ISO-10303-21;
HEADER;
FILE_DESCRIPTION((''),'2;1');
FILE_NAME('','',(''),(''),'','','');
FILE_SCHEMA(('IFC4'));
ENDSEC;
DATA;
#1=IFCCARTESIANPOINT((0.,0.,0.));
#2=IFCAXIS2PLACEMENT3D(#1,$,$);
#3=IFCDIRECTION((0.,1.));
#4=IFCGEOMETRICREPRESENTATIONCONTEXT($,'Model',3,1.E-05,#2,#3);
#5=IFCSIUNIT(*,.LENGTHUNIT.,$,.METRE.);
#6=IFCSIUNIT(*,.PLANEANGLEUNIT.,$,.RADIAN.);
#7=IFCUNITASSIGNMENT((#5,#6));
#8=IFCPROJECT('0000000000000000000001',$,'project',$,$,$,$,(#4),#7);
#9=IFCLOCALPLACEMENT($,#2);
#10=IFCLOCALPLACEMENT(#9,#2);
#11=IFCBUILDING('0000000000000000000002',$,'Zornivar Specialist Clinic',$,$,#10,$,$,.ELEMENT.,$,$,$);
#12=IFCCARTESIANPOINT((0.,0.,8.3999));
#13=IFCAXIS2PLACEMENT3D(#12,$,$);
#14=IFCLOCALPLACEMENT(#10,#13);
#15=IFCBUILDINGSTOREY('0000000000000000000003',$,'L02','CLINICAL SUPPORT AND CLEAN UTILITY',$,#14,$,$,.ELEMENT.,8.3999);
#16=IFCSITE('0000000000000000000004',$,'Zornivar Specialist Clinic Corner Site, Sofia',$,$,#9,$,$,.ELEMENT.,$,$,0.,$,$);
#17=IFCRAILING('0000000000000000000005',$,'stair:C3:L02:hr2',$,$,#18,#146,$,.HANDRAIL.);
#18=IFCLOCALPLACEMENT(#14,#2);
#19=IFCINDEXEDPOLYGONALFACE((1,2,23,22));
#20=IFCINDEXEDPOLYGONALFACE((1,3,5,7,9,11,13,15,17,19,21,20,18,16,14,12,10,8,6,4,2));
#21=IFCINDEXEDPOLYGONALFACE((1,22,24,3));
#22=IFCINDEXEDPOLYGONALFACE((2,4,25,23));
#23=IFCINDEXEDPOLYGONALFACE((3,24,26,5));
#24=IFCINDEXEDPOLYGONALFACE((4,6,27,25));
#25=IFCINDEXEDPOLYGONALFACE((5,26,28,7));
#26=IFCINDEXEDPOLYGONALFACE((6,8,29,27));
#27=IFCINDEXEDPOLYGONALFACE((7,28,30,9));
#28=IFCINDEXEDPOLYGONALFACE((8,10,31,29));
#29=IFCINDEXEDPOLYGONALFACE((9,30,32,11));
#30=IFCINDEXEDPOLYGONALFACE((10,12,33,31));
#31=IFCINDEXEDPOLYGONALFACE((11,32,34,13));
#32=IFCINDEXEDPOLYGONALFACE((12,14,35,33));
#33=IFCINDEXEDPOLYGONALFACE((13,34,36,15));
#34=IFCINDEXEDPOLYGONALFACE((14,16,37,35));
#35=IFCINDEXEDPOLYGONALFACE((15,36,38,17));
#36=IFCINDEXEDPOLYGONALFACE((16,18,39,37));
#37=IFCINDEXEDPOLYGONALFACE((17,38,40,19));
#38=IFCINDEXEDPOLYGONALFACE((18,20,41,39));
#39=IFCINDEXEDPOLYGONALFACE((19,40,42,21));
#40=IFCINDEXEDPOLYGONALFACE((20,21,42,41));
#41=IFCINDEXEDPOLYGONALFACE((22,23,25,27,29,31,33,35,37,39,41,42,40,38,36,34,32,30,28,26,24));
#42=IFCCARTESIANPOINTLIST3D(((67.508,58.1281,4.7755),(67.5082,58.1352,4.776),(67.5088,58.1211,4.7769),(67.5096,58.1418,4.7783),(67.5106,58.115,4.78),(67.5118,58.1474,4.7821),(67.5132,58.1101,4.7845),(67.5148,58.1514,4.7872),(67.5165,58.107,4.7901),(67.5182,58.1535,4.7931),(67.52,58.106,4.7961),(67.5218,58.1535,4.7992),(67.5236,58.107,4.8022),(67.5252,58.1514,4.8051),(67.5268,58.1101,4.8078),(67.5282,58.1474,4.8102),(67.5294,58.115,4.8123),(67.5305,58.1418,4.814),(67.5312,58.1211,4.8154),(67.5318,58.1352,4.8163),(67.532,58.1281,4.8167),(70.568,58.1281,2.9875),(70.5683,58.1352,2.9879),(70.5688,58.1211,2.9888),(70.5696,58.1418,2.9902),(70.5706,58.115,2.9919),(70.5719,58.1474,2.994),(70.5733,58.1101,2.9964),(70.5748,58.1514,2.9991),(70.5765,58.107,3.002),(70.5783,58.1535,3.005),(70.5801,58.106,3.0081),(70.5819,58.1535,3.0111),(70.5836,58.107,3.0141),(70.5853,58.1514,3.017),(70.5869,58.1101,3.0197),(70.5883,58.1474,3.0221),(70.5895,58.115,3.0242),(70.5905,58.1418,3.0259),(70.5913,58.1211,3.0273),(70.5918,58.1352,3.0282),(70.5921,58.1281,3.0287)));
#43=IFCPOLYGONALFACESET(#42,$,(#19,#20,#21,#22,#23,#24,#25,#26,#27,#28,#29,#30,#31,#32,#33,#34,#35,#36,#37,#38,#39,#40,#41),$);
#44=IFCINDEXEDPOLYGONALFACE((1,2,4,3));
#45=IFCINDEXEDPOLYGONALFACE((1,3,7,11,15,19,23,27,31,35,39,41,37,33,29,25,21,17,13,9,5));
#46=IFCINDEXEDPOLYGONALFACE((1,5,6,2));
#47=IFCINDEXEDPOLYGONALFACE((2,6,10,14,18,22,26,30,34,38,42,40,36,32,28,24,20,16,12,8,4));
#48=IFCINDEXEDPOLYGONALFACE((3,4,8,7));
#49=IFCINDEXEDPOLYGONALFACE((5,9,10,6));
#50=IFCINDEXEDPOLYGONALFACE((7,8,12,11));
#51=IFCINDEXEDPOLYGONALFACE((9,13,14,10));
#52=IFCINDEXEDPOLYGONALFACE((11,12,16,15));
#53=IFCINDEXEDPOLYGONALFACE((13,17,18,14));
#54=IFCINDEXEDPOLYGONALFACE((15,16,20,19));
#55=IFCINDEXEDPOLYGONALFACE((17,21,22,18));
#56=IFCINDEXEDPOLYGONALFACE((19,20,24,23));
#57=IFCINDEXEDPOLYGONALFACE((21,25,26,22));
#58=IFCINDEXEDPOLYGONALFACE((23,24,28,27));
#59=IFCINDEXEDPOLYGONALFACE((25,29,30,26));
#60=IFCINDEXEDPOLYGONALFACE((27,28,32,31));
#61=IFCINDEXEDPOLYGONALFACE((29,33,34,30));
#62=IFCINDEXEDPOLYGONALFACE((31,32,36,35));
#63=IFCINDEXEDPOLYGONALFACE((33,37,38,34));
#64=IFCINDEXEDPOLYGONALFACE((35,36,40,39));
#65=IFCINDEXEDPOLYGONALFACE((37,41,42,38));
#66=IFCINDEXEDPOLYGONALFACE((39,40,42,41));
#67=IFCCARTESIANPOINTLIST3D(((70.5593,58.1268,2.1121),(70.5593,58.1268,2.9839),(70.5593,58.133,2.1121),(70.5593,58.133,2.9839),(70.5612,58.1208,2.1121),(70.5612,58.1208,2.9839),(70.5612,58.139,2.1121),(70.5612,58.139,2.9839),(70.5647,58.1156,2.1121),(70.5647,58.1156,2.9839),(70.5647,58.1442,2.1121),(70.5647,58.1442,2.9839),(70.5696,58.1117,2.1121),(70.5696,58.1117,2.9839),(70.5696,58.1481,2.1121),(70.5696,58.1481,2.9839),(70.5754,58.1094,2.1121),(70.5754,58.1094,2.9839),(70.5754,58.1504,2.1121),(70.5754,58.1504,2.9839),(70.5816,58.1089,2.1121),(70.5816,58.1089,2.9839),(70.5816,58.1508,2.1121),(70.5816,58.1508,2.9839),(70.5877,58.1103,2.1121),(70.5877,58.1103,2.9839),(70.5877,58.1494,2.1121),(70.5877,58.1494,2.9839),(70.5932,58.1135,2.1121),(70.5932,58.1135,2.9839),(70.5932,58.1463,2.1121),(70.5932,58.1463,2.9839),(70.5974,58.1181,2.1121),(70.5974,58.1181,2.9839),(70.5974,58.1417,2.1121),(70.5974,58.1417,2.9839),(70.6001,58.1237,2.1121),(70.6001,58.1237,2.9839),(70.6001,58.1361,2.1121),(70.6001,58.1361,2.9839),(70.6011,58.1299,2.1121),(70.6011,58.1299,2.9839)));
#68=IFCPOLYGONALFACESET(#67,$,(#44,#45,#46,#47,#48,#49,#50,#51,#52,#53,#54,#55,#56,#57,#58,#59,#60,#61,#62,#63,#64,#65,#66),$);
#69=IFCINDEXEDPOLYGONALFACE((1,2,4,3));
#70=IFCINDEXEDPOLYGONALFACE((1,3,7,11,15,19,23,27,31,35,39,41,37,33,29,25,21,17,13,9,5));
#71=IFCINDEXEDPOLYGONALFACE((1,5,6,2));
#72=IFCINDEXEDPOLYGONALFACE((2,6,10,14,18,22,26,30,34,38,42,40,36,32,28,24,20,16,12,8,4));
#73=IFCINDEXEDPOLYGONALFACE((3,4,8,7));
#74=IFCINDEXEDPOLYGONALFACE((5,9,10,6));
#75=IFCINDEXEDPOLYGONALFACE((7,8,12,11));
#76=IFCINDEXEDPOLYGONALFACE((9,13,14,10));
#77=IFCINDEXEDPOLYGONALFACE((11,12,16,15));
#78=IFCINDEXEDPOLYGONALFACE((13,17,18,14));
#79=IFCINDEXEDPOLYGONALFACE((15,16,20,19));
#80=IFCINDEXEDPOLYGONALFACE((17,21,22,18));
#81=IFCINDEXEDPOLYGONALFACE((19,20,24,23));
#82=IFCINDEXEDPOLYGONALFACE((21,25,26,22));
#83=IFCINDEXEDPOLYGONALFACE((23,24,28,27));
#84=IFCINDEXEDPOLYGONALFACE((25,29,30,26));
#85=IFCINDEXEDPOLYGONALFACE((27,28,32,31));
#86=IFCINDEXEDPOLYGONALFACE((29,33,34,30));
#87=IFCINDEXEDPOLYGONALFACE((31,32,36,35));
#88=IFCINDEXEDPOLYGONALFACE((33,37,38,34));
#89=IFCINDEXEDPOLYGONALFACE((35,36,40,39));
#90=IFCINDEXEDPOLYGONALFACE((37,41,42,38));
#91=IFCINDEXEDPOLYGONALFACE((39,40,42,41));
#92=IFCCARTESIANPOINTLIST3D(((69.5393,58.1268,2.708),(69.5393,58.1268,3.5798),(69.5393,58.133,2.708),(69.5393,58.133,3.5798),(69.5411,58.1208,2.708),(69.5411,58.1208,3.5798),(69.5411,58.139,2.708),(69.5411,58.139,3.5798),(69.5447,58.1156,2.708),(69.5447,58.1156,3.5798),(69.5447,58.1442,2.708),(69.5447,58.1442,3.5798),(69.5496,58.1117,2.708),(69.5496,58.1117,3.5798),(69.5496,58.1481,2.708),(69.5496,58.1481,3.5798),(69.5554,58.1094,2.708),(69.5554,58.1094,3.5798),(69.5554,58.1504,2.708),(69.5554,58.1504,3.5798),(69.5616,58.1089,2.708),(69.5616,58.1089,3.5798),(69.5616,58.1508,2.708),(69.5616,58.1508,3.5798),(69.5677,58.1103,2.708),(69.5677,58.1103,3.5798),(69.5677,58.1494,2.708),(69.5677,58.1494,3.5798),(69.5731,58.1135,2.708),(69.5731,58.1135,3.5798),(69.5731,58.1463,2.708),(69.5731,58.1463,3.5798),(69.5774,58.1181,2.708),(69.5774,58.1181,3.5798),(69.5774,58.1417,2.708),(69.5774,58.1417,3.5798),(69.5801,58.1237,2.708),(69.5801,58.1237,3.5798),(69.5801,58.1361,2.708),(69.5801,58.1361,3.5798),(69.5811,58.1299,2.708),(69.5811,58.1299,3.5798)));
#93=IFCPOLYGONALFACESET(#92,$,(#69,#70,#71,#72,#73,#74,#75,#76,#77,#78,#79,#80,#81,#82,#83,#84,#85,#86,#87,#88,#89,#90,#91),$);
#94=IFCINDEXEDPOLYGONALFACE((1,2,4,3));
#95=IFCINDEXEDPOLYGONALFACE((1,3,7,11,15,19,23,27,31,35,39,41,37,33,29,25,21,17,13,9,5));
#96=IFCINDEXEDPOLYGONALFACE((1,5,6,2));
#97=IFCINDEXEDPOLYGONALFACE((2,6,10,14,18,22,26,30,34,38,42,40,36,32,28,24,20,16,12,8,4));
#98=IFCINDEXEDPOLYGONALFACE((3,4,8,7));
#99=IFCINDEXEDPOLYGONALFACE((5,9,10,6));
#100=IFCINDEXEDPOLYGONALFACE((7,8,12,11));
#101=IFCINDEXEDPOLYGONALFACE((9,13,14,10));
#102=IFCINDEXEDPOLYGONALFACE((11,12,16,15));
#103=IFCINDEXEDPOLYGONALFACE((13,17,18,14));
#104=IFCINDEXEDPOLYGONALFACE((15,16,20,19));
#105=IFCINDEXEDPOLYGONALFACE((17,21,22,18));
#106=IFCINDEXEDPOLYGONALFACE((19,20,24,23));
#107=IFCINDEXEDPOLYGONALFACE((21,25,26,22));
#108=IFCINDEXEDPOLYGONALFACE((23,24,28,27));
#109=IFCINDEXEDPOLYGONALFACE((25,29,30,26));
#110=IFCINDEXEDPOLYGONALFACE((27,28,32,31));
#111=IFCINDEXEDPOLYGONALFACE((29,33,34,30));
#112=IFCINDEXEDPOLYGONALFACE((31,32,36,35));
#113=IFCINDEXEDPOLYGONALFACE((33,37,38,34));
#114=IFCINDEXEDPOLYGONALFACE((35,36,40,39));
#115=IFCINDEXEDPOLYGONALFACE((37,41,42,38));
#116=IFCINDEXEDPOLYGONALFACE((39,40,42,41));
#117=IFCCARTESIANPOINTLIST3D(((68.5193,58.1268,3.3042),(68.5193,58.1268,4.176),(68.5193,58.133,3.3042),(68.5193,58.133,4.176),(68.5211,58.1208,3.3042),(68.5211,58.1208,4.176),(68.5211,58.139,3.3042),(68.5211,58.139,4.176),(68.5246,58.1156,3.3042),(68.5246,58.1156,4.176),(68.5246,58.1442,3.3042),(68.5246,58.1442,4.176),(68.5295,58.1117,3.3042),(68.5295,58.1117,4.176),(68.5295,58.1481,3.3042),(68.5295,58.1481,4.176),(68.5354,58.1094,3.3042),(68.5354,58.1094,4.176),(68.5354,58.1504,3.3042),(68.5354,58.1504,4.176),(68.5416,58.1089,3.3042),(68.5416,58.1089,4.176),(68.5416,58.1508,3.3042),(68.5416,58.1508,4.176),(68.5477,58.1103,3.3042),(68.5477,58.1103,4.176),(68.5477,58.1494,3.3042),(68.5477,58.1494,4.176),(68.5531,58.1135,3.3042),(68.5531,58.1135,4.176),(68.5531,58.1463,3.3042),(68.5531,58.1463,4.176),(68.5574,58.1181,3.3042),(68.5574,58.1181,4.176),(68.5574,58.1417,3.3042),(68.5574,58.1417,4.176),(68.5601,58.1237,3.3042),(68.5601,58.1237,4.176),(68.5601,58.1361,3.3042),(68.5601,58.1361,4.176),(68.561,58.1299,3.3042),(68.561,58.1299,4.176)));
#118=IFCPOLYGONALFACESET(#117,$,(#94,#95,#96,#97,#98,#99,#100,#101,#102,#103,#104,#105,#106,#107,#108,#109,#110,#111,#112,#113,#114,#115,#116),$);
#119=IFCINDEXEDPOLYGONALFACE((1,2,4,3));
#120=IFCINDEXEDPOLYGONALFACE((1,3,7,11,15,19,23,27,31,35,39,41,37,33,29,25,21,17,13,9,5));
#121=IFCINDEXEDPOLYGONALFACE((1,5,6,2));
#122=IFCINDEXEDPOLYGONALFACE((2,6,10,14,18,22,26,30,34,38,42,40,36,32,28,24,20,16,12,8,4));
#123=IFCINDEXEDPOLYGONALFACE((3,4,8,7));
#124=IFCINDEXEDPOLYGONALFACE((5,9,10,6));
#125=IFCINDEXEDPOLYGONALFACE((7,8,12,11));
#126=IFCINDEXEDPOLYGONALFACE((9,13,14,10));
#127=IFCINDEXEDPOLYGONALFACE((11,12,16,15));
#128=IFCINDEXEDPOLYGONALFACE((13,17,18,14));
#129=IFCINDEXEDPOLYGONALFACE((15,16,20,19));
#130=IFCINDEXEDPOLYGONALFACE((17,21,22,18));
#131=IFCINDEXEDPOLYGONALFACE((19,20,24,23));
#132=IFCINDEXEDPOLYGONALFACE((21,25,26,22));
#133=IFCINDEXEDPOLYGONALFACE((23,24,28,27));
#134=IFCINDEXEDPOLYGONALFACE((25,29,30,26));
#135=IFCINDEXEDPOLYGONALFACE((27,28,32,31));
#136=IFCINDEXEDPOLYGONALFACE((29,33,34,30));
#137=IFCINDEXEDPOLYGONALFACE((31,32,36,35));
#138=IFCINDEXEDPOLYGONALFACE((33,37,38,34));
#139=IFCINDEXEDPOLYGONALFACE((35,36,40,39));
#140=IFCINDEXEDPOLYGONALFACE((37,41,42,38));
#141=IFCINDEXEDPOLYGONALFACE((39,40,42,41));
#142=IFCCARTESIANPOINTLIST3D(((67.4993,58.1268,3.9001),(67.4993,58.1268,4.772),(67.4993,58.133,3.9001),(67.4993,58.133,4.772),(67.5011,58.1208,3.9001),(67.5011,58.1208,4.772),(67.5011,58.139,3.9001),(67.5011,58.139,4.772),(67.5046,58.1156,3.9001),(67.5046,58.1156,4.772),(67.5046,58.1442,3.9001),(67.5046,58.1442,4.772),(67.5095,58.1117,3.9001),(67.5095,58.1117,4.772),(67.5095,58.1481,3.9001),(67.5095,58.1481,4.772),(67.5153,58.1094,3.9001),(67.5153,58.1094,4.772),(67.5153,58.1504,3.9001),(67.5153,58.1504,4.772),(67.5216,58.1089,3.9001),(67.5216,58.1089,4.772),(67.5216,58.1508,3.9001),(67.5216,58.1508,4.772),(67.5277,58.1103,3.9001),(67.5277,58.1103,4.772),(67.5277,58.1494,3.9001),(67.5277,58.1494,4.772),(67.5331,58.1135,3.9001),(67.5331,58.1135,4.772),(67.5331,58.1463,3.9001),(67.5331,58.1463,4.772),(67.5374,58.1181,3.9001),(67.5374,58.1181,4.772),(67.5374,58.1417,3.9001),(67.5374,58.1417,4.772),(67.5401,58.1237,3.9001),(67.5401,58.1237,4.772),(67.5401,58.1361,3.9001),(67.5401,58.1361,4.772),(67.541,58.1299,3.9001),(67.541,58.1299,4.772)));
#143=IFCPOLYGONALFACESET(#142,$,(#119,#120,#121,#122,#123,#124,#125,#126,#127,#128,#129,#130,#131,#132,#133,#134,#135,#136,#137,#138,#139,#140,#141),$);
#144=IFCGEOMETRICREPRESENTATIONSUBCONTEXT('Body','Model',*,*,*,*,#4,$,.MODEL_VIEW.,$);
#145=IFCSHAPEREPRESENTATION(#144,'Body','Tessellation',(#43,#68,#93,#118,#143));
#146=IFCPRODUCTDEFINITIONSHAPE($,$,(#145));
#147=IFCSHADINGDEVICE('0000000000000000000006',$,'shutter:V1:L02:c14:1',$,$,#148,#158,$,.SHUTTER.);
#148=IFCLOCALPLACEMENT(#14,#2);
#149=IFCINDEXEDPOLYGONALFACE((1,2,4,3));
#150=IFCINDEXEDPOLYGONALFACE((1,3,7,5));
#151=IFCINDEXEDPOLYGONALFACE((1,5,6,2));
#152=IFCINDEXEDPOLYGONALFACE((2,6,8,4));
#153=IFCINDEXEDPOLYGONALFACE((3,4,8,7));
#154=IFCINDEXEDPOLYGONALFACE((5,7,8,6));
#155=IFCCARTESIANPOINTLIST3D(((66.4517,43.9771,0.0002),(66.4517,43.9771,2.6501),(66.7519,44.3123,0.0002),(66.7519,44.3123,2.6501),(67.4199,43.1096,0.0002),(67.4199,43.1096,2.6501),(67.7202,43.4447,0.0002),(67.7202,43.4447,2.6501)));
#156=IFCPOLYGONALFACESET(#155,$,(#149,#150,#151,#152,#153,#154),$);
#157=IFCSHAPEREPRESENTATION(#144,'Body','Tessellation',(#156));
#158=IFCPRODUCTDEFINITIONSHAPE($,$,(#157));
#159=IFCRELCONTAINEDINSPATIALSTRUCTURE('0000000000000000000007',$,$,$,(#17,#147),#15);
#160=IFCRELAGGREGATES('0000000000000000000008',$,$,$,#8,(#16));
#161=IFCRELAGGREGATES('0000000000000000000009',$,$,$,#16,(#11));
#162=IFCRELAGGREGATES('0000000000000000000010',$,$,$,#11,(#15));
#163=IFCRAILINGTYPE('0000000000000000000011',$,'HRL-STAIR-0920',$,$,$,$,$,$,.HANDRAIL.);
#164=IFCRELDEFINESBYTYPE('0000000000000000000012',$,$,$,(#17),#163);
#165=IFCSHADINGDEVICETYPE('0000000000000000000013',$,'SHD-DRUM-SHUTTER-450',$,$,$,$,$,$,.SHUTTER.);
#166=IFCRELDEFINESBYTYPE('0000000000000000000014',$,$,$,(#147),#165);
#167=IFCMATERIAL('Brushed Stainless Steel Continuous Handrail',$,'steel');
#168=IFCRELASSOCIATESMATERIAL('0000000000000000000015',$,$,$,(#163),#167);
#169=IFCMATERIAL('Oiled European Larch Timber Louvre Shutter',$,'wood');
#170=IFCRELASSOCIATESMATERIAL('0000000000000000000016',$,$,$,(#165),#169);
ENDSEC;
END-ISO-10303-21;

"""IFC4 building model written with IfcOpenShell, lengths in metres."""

from ifc_helpers import new_model, si_unit, direction, frame, origin, origin_2d, place, context, subcontext, project, spatial, rectangle, circle, extrude, material, type_object, element, save


model = new_model("IFC4")

# Units and contexts
model_context = context("Model", 3, precision=1e-05, world=origin(), true_north=direction((0.0, 1.0)))
body_context = subcontext(model_context, "Body", "Model", "MODEL_VIEW")
ifc_project = project(units=[si_unit("LENGTHUNIT", "METRE"), si_unit("PLANEANGLEUNIT", "RADIAN")], contexts=[model_context])

# Site, building, storey
site_placement = place(None, origin())
site = spatial("IfcSite", under=ifc_project, at=site_placement, Name="Zornivar Specialist Clinic Corner Site, Sofia", CompositionType="ELEMENT", RefElevation=0.0)
building_placement = place(site_placement, origin())
building = spatial("IfcBuilding", under=site, at=building_placement, Name="Zornivar Specialist Clinic", CompositionType="ELEMENT")
storey_placement = place(building_placement, frame((0.0, 0.0, 8.3999)))
storey = spatial("IfcBuildingStorey", under=building, at=storey_placement, Name="L02", Description="CLINICAL SUPPORT AND CLEAN UTILITY", CompositionType="ELEMENT", Elevation=8.3999)

# Railing
ifc_material_1 = material(Name="Brushed Stainless Steel Continuous Handrail", Category="steel")
railing_type_1 = type_object("IfcRailingType", Name="HRL-STAIR-0920", PredefinedType="HANDRAIL", material=ifc_material_1)
railing_1_placement = place(storey_placement, frame((70.5801, 58.1299, 2.1121)))
element("IfcRailing", 1, at=railing_1_placement, inside=storey, type_object=railing_type_1, Name="stair:C3:L02:hr2", PredefinedType="HANDRAIL", context=body_context, shape_type="SweptSolid", body=[
    extrude(circle(Radius=0.0239, at=origin_2d()), frame((0.0, 0.0, 0.896), z_axis=(-0.863404, 0.0, 0.504513), x_axis=(0.0, -1.0, 0.0)), (0.0, 0.0, 1.0), 3.5442),
    extrude(circle(Radius=0.021, at=origin_2d()), origin(), (0.0, 0.0, 1.0), 0.8718),
    extrude(circle(Radius=0.021, at=origin_2d()), frame((-1.02, 0.0, 0.5959)), (0.0, 0.0, 1.0), 0.8718),
    extrude(circle(Radius=0.021, at=origin_2d()), frame((-2.04, 0.0, 1.1921)), (0.0, 0.0, 1.0), 0.8718),
    extrude(circle(Radius=0.021, at=origin_2d()), frame((-3.0601, 0.0, 1.7881)), (0.0, 0.0, 1.0), 0.8718),
])

# Shading device
ifc_material_2 = material(Name="Oiled European Larch Timber Louvre Shutter", Category="wood")
shading_device_type = type_object("IfcShadingDeviceType", Name="SHD-DRUM-SHUTTER-450", PredefinedType="SHUTTER", material=ifc_material_2)
shading_device_placement = place(storey_placement, frame((67.0859, 43.7109, 0.0002), z_axis=(0.0, 0.0, 1.0), x_axis=(0.744797, -0.667291, 0.0)))
element("IfcShadingDevice", 2, at=shading_device_placement, inside=storey, type_object=shading_device_type, Name="shutter:V1:L02:c14:1", PredefinedType="SHUTTER", context=body_context, shape_type="SweptSolid", body=[
    extrude(rectangle(XDim=1.3, YDim=0.45, at=origin_2d()), origin(), (0.0, 0.0, 1.0), 2.6499),
])

save(model, "model.ifc")
